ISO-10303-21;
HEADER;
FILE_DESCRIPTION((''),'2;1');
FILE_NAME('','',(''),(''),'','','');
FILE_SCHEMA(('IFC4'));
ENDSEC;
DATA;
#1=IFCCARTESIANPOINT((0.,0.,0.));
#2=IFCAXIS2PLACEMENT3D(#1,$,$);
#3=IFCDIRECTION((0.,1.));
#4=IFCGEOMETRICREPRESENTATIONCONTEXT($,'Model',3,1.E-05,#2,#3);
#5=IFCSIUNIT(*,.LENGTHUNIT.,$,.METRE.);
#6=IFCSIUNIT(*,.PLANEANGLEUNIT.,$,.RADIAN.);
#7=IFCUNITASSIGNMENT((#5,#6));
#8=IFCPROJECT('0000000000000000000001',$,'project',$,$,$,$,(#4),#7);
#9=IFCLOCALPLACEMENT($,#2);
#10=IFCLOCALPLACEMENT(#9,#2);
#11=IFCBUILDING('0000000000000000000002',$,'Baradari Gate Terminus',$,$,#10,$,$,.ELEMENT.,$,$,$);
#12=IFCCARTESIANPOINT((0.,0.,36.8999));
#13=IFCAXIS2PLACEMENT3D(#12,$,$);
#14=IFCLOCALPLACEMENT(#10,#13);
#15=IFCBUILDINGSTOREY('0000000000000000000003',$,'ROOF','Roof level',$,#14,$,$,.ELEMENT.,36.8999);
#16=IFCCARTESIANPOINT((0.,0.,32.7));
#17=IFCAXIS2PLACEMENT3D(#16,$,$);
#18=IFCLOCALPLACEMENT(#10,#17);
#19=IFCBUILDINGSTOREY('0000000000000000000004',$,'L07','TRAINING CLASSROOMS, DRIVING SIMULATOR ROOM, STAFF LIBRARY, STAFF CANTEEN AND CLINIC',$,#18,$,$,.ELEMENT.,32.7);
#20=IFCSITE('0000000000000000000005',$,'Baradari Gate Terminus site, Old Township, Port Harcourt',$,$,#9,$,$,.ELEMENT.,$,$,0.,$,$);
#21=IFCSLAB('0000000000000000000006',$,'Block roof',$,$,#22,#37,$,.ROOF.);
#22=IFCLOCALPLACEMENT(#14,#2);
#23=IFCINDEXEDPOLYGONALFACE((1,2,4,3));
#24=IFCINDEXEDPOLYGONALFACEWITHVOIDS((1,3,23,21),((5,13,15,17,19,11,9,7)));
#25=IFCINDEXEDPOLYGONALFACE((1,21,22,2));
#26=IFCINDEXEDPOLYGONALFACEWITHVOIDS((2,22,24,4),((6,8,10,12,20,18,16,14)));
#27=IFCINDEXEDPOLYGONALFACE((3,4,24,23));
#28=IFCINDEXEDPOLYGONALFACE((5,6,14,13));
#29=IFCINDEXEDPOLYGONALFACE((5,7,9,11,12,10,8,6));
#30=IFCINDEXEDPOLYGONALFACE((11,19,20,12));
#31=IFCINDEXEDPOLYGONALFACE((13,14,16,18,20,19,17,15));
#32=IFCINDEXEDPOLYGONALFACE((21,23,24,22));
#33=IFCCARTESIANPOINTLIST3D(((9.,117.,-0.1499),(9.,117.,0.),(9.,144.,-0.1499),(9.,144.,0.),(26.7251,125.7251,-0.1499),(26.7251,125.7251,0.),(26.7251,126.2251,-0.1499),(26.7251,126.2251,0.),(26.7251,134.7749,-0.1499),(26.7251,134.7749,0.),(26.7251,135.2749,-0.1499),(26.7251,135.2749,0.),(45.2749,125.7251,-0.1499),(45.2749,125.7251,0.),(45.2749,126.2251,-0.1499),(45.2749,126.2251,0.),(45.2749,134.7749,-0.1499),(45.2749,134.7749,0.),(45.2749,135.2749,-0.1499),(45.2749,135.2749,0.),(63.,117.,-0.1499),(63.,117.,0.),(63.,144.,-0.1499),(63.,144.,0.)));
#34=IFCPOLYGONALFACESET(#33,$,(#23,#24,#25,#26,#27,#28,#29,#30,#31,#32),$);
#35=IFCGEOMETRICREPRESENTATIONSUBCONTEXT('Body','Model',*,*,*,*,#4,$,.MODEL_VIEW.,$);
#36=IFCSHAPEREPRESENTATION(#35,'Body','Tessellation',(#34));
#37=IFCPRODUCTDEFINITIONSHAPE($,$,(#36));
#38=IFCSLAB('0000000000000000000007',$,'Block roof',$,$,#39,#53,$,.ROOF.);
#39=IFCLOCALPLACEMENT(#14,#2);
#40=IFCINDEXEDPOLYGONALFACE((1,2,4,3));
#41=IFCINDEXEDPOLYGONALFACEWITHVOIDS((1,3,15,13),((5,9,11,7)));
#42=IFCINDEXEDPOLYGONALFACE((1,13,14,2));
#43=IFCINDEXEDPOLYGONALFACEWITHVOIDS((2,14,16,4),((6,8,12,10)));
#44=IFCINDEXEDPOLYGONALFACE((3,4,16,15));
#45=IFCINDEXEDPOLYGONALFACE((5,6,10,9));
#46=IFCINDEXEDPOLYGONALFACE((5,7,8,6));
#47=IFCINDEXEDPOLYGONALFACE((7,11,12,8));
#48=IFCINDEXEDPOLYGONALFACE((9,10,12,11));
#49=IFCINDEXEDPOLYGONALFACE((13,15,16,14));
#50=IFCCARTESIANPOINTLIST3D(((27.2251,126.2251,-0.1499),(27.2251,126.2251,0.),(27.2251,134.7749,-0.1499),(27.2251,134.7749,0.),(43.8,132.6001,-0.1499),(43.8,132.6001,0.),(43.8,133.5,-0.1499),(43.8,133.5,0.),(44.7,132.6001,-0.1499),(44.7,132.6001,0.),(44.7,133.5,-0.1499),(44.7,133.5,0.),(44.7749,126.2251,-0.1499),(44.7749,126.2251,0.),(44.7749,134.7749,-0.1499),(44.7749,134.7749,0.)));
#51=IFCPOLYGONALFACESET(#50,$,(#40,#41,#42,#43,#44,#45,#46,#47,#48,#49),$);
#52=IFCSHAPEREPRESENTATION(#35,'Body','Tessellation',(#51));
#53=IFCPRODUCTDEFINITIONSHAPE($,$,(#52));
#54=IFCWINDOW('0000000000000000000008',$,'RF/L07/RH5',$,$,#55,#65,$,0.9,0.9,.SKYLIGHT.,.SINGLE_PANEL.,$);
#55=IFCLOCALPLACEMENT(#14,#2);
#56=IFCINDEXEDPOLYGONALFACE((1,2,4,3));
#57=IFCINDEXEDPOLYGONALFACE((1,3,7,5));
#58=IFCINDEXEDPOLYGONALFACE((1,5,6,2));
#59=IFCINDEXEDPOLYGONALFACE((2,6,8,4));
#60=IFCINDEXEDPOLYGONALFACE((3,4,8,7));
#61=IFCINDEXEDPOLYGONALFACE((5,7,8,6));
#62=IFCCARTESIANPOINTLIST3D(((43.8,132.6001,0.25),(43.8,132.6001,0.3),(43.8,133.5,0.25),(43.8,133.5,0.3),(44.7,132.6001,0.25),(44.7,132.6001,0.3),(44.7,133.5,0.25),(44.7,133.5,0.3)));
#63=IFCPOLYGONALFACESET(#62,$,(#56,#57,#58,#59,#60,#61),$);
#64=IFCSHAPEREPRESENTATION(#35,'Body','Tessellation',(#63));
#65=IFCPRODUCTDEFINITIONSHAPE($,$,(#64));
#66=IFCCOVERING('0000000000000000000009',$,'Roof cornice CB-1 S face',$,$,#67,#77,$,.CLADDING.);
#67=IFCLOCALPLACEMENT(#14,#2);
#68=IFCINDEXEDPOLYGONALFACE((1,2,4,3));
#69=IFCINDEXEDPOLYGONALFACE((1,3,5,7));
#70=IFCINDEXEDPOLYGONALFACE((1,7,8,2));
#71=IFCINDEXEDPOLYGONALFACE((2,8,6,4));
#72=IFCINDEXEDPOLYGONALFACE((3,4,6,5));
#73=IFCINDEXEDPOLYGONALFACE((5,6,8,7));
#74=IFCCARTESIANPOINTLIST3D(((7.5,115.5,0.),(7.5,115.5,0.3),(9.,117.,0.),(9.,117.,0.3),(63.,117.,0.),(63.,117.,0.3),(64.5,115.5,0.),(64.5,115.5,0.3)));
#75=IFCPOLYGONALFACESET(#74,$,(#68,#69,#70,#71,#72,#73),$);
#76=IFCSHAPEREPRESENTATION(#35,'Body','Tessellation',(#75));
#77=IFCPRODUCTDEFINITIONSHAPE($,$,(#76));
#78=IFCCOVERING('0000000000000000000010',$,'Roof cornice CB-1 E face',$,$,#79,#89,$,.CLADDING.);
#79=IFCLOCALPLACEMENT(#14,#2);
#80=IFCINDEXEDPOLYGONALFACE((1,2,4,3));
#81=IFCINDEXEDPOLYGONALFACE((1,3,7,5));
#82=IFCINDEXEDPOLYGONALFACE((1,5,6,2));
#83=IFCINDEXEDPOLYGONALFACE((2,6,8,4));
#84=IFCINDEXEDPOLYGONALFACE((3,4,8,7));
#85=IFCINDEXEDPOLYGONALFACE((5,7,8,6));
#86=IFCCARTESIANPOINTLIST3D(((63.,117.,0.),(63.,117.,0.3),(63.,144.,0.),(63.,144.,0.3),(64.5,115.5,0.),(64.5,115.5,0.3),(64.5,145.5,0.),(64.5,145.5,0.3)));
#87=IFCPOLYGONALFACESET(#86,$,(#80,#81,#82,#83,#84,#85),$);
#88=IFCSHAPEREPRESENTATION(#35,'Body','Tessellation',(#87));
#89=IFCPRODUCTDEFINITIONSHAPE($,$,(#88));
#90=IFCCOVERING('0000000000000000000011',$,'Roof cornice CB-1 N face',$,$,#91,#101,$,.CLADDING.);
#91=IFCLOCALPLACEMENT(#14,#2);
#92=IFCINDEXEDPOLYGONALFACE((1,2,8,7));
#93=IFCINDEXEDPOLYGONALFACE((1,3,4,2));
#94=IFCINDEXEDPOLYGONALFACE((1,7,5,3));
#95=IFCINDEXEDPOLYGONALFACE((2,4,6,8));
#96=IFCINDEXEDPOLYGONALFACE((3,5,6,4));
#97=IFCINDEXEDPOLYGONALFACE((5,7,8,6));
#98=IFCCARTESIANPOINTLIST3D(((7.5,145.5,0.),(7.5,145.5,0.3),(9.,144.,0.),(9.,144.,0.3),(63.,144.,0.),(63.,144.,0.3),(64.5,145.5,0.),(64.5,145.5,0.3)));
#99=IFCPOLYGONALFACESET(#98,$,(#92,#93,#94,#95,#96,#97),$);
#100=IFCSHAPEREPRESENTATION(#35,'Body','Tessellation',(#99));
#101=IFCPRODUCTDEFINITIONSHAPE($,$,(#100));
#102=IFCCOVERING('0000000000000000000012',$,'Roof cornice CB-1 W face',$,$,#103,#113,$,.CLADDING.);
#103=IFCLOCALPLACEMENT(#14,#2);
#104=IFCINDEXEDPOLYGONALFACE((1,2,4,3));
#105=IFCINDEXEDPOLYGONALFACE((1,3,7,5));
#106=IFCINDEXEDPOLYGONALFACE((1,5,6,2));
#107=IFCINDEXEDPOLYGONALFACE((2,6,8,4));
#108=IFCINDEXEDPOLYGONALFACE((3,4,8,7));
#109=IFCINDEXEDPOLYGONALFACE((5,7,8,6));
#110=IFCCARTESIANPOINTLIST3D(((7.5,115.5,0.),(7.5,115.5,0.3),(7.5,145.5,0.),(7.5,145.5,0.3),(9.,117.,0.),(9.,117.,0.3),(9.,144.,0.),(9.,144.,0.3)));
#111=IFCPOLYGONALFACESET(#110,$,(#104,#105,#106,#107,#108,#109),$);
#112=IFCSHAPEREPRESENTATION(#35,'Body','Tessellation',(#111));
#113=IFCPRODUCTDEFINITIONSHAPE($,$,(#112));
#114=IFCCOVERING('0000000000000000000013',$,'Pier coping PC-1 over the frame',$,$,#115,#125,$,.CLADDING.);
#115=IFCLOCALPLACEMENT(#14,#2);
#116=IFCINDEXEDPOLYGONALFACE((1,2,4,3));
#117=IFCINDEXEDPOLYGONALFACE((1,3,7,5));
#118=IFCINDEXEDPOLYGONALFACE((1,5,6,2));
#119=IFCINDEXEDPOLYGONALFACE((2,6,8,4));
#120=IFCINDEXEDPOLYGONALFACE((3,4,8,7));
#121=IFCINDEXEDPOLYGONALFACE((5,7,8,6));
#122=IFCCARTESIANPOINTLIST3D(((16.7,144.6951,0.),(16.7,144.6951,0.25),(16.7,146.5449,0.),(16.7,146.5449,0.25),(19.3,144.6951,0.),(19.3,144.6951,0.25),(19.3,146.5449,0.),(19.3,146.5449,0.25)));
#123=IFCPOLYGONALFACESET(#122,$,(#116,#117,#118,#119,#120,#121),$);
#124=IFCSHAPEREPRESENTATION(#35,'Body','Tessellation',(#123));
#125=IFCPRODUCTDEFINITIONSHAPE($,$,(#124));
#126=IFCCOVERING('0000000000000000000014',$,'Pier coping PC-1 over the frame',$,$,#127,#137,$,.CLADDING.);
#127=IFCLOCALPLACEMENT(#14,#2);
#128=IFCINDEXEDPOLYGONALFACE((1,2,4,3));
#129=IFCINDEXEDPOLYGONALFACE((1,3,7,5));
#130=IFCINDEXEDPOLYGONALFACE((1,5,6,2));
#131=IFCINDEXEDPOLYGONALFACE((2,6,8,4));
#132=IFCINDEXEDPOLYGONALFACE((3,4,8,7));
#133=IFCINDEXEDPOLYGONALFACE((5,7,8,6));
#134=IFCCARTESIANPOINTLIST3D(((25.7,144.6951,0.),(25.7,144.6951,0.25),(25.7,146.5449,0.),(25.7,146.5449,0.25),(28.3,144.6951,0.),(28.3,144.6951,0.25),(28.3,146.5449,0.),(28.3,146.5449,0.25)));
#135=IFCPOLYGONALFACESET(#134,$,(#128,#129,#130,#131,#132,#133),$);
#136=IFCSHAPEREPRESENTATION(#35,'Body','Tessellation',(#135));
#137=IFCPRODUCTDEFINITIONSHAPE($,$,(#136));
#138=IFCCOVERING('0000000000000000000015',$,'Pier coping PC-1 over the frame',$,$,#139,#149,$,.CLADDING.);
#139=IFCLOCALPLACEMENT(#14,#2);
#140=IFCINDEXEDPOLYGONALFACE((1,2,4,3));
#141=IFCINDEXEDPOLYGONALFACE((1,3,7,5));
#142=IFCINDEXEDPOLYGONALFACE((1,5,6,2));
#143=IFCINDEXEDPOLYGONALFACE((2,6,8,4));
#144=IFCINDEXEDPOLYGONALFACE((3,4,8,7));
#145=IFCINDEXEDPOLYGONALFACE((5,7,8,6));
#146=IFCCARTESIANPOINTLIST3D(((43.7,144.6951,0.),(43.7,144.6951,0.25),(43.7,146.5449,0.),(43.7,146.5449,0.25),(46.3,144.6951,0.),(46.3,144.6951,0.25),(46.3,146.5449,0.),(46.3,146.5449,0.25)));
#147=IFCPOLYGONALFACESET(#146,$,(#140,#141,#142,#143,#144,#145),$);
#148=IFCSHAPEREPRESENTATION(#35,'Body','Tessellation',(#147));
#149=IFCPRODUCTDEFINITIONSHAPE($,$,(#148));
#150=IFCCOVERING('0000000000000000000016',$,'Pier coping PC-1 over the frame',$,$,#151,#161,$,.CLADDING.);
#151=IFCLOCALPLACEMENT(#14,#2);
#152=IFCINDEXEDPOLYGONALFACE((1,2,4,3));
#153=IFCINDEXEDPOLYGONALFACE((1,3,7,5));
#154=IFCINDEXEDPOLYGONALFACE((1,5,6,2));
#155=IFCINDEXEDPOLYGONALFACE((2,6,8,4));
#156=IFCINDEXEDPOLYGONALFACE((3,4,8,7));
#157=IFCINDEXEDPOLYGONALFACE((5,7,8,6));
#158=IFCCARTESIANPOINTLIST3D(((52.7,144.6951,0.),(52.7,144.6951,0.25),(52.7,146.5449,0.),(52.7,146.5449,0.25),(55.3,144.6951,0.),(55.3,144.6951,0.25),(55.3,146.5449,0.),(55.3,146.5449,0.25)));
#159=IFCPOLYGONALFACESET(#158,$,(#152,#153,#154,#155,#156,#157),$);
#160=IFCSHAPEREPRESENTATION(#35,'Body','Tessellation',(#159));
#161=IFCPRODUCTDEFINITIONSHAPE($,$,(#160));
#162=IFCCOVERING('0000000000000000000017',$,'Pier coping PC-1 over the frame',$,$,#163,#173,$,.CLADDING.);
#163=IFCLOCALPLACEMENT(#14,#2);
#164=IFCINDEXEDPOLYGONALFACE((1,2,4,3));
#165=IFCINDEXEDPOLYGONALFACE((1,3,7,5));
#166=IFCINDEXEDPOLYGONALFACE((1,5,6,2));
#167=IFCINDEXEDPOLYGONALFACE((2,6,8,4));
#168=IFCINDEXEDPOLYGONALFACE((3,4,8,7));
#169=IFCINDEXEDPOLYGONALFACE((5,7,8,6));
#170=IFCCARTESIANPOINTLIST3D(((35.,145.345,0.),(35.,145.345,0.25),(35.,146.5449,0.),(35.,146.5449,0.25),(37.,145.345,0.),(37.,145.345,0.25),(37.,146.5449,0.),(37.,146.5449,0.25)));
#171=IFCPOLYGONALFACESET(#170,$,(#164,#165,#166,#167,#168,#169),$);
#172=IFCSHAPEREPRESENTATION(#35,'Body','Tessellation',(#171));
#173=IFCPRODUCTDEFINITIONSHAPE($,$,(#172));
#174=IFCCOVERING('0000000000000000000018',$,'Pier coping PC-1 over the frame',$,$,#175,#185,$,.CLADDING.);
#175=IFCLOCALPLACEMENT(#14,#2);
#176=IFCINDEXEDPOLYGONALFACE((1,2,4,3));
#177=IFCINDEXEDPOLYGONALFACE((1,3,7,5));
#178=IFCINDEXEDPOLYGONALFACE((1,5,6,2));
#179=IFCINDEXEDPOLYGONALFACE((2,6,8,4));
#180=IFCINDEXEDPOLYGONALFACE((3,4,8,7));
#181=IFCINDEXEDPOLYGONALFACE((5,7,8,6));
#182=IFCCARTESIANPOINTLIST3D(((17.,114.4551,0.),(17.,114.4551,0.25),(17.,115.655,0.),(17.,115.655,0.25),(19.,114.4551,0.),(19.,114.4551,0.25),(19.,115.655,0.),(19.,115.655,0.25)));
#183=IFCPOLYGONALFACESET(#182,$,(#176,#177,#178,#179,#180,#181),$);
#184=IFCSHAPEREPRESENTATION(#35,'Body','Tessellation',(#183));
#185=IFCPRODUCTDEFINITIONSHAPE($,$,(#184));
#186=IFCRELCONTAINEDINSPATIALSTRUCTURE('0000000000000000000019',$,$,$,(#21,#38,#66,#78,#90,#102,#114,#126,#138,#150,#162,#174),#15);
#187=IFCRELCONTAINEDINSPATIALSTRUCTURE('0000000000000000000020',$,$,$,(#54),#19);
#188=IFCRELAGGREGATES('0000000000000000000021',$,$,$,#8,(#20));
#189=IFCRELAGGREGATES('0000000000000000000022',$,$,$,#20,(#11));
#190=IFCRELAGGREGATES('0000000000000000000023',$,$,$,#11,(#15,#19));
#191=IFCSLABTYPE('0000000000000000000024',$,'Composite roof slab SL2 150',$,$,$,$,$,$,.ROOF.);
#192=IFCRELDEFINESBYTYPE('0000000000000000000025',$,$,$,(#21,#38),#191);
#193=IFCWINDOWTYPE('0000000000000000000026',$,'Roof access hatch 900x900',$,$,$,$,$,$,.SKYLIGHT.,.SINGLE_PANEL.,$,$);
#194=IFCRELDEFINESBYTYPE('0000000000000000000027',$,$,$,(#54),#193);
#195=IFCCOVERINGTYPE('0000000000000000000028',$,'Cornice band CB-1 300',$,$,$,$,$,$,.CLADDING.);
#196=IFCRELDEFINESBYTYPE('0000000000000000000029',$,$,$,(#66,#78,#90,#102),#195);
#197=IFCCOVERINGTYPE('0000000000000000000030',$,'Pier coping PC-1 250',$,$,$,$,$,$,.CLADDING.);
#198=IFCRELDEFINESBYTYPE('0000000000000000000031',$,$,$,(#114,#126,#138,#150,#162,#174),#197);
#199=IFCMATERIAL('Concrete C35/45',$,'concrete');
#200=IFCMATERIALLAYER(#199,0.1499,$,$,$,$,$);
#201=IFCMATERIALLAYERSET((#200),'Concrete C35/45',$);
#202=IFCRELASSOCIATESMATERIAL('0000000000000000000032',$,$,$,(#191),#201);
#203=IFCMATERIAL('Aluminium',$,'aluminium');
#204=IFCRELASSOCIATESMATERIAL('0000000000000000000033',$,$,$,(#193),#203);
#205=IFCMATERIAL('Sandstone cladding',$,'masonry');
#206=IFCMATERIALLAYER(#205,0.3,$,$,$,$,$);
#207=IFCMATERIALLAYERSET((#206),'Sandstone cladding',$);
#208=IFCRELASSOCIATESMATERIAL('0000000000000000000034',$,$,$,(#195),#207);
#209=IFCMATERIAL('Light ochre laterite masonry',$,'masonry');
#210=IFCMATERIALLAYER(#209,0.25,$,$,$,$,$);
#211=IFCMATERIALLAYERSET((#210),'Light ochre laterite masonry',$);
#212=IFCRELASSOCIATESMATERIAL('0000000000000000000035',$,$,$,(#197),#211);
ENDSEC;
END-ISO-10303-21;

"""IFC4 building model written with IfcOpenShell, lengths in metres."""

from ifc_helpers import new_model, si_unit, direction, frame, origin, origin_2d, place, context, subcontext, project, spatial, polyline, rectangle, outline, extrude, material, layer, layer_set, type_object, element, fill, save


model = new_model("IFC4")

# Units and contexts
model_context = context("Model", 3, precision=1e-05, world=origin(), true_north=direction((0.0, 1.0)))
body_context = subcontext(model_context, "Body", "Model", "MODEL_VIEW")
ifc_project = project(units=[si_unit("LENGTHUNIT", "METRE"), si_unit("PLANEANGLEUNIT", "RADIAN")], contexts=[model_context])

# Site, building, storey
site_placement = place(None, origin())
site = spatial("IfcSite", under=ifc_project, at=site_placement, Name="Baradari Gate Terminus site, Old Township, Port Harcourt", CompositionType="ELEMENT", RefElevation=0.0)
building_placement = place(site_placement, origin())
building = spatial("IfcBuilding", under=site, at=building_placement, Name="Baradari Gate Terminus", CompositionType="ELEMENT")
storey_1_placement = place(building_placement, frame((0.0, 0.0, 36.8999)))
storey_1 = spatial("IfcBuildingStorey", under=building, at=storey_1_placement, Name="ROOF", Description="Roof level", CompositionType="ELEMENT", Elevation=36.8999)

# Slab
ifc_material_1 = material(Name="Concrete C35/45", Category="concrete")
ifc_layer_1 = layer(ifc_material_1, 0.1499)
ifc_layer_set_1 = layer_set([ifc_layer_1], Name="Concrete C35/45")
slab_type = type_object("IfcSlabType", Name="Composite roof slab SL2 150", PredefinedType="ROOF", material=ifc_layer_set_1)
slab_1_placement = place(storey_1_placement, frame((0.0, 0.0, -0.1499)))
element("IfcSlab", 1, at=slab_1_placement, inside=storey_1, type_object=slab_type, Name="Block roof", PredefinedType="ROOF", context=body_context, shape_type="SweptSolid", body=[
    extrude(outline(polyline([(9.0, 144.0), (9.0, 117.0), (63.0, 117.0), (63.0, 144.0), (9.0, 144.0)]), holes=[polyline([(26.7251, 125.7251), (45.2749, 125.7251), (45.2749, 126.2251), (45.2749, 134.7749), (45.2749, 135.2749), (26.7251, 135.2749), (26.7251, 134.7749), (26.7251, 126.2251), (26.7251, 125.7251)])]), origin(), (0.0, 0.0, 1.0), 0.1499),
])

# Slab, opening
slab_2_placement = place(storey_1_placement, frame((0.0, 0.0, -0.1499)))
slab_2 = element("IfcSlab", 2, at=slab_2_placement, inside=storey_1, type_object=slab_type, Name="Block roof", PredefinedType="ROOF", context=body_context, shape_type="SweptSolid", body=[
    extrude(outline(polyline([(27.2251, 134.7749), (27.2251, 126.2251), (44.7749, 126.2251), (44.7749, 134.7749), (27.2251, 134.7749)])), origin(), (0.0, 0.0, 1.0), 0.1499),
])
opening_placement = place(slab_2_placement, frame((44.25, 133.05, 0.0)))
opening = element("IfcOpeningElement", 3, at=opening_placement, cuts=slab_2, PredefinedType="OPENING", context=body_context, shape_type="SweptSolid", body=[
    extrude(rectangle(XDim=0.8999, YDim=0.8999, at=origin_2d()), frame((0.0, 0.0, -0.01)), (0.0, 0.0, 1.0), 0.47),
])

# Shared definitions
storey_2_placement = place(building_placement, frame((0.0, 0.0, 32.7)))
storey_2 = spatial("IfcBuildingStorey", under=building, at=storey_2_placement, Name="L07", Description="TRAINING CLASSROOMS, DRIVING SIMULATOR ROOM, STAFF LIBRARY, STAFF CANTEEN AND CLINIC", CompositionType="ELEMENT", Elevation=32.7)

# Window
ifc_material_2 = material(Name="Aluminium", Category="aluminium")
window_type = type_object("IfcWindowType", Name="Roof access hatch 900x900", PartitioningType="SINGLE_PANEL", PredefinedType="SKYLIGHT", material=ifc_material_2)
window_placement = place(opening_placement, frame((0.0, 0.0, 0.3999)))
window = element("IfcWindow", 4, at=window_placement, inside=storey_2, type_object=window_type, Name="RF/L07/RH5", OverallHeight=0.9, OverallWidth=0.9, PartitioningType="SINGLE_PANEL", PredefinedType="SKYLIGHT", context=body_context, shape_type="SweptSolid", body=[
    extrude(rectangle(XDim=0.8999, YDim=0.8999, at=origin_2d()), origin(), (0.0, 0.0, 1.0), 0.05),
])
fill(opening, window)

# Coverings
ifc_material_3 = material(Name="Sandstone cladding", Category="masonry")
ifc_layer_2 = layer(ifc_material_3, 0.3)
ifc_layer_set_2 = layer_set([ifc_layer_2], Name="Sandstone cladding")
covering_type_1 = type_object("IfcCoveringType", Name="Cornice band CB-1 300", PredefinedType="CLADDING", material=ifc_layer_set_2)
covering_1_placement = place(storey_1_placement, origin())
element("IfcCovering", 5, at=covering_1_placement, inside=storey_1, type_object=covering_type_1, Name="Roof cornice CB-1 S face", PredefinedType="CLADDING", context=body_context, shape_type="SweptSolid", body=[
    extrude(outline(polyline([(9.0, 117.0), (63.0, 117.0), (64.5, 115.5), (7.5, 115.5), (9.0, 117.0)])), origin(), (0.0, 0.0, 1.0), 0.3),
])
covering_2_placement = place(storey_1_placement, origin())
element("IfcCovering", 6, at=covering_2_placement, inside=storey_1, type_object=covering_type_1, Name="Roof cornice CB-1 E face", PredefinedType="CLADDING", context=body_context, shape_type="SweptSolid", body=[
    extrude(outline(polyline([(63.0, 117.0), (63.0, 144.0), (64.5, 145.5), (64.5, 115.5), (63.0, 117.0)])), origin(), (0.0, 0.0, 1.0), 0.3),
])
covering_3_placement = place(storey_1_placement, origin())
element("IfcCovering", 7, at=covering_3_placement, inside=storey_1, type_object=covering_type_1, Name="Roof cornice CB-1 N face", PredefinedType="CLADDING", context=body_context, shape_type="SweptSolid", body=[
    extrude(outline(polyline([(63.0, 144.0), (9.0, 144.0), (7.5, 145.5), (64.5, 145.5), (63.0, 144.0)])), origin(), (0.0, 0.0, 1.0), 0.3),
])
covering_4_placement = place(storey_1_placement, origin())
element("IfcCovering", 8, at=covering_4_placement, inside=storey_1, type_object=covering_type_1, Name="Roof cornice CB-1 W face", PredefinedType="CLADDING", context=body_context, shape_type="SweptSolid", body=[
    extrude(outline(polyline([(9.0, 144.0), (9.0, 117.0), (7.5, 115.5), (7.5, 145.5), (9.0, 144.0)])), origin(), (0.0, 0.0, 1.0), 0.3),
])
ifc_material_4 = material(Name="Light ochre laterite masonry", Category="masonry")
ifc_layer_3 = layer(ifc_material_4, 0.25)
ifc_layer_set_3 = layer_set([ifc_layer_3], Name="Light ochre laterite masonry")
covering_type_2 = type_object("IfcCoveringType", Name="Pier coping PC-1 250", PredefinedType="CLADDING", material=ifc_layer_set_3)
covering_5_placement = place(storey_1_placement, origin())
element("IfcCovering", 9, at=covering_5_placement, inside=storey_1, type_object=covering_type_2, Name="Pier coping PC-1 over the frame", PredefinedType="CLADDING", context=body_context, shape_type="SweptSolid", body=[
    extrude(outline(polyline([(19.3, 144.6951), (16.7, 144.6951), (16.7, 146.5449), (19.3, 146.5449), (19.3, 144.6951)])), origin(), (0.0, 0.0, 1.0), 0.25),
])
covering_6_placement = place(storey_1_placement, origin())
element("IfcCovering", 10, at=covering_6_placement, inside=storey_1, type_object=covering_type_2, Name="Pier coping PC-1 over the frame", PredefinedType="CLADDING", context=body_context, shape_type="SweptSolid", body=[
    extrude(outline(polyline([(28.3, 144.6951), (25.7, 144.6951), (25.7, 146.5449), (28.3, 146.5449), (28.3, 144.6951)])), origin(), (0.0, 0.0, 1.0), 0.25),
])
covering_7_placement = place(storey_1_placement, origin())
element("IfcCovering", 11, at=covering_7_placement, inside=storey_1, type_object=covering_type_2, Name="Pier coping PC-1 over the frame", PredefinedType="CLADDING", context=body_context, shape_type="SweptSolid", body=[
    extrude(outline(polyline([(46.3, 144.6951), (43.7, 144.6951), (43.7, 146.5449), (46.3, 146.5449), (46.3, 144.6951)])), origin(), (0.0, 0.0, 1.0), 0.25),
])
covering_8_placement = place(storey_1_placement, origin())
element("IfcCovering", 12, at=covering_8_placement, inside=storey_1, type_object=covering_type_2, Name="Pier coping PC-1 over the frame", PredefinedType="CLADDING", context=body_context, shape_type="SweptSolid", body=[
    extrude(outline(polyline([(55.3, 144.6951), (52.7, 144.6951), (52.7, 146.5449), (55.3, 146.5449), (55.3, 144.6951)])), origin(), (0.0, 0.0, 1.0), 0.25),
])
covering_9_placement = place(storey_1_placement, origin())
element("IfcCovering", 13, at=covering_9_placement, inside=storey_1, type_object=covering_type_2, Name="Pier coping PC-1 over the frame", PredefinedType="CLADDING", context=body_context, shape_type="SweptSolid", body=[
    extrude(outline(polyline([(37.0, 145.345), (35.0, 145.345), (35.0, 146.5449), (37.0, 146.5449), (37.0, 145.345)])), origin(), (0.0, 0.0, 1.0), 0.25),
])
covering_10_placement = place(storey_1_placement, origin())
element("IfcCovering", 14, at=covering_10_placement, inside=storey_1, type_object=covering_type_2, Name="Pier coping PC-1 over the frame", PredefinedType="CLADDING", context=body_context, shape_type="SweptSolid", body=[
    extrude(outline(polyline([(19.0, 114.4551), (17.0, 114.4551), (17.0, 115.655), (19.0, 115.655), (19.0, 114.4551)])), origin(), (0.0, 0.0, 1.0), 0.25),
])

save(model, "model.ifc")
